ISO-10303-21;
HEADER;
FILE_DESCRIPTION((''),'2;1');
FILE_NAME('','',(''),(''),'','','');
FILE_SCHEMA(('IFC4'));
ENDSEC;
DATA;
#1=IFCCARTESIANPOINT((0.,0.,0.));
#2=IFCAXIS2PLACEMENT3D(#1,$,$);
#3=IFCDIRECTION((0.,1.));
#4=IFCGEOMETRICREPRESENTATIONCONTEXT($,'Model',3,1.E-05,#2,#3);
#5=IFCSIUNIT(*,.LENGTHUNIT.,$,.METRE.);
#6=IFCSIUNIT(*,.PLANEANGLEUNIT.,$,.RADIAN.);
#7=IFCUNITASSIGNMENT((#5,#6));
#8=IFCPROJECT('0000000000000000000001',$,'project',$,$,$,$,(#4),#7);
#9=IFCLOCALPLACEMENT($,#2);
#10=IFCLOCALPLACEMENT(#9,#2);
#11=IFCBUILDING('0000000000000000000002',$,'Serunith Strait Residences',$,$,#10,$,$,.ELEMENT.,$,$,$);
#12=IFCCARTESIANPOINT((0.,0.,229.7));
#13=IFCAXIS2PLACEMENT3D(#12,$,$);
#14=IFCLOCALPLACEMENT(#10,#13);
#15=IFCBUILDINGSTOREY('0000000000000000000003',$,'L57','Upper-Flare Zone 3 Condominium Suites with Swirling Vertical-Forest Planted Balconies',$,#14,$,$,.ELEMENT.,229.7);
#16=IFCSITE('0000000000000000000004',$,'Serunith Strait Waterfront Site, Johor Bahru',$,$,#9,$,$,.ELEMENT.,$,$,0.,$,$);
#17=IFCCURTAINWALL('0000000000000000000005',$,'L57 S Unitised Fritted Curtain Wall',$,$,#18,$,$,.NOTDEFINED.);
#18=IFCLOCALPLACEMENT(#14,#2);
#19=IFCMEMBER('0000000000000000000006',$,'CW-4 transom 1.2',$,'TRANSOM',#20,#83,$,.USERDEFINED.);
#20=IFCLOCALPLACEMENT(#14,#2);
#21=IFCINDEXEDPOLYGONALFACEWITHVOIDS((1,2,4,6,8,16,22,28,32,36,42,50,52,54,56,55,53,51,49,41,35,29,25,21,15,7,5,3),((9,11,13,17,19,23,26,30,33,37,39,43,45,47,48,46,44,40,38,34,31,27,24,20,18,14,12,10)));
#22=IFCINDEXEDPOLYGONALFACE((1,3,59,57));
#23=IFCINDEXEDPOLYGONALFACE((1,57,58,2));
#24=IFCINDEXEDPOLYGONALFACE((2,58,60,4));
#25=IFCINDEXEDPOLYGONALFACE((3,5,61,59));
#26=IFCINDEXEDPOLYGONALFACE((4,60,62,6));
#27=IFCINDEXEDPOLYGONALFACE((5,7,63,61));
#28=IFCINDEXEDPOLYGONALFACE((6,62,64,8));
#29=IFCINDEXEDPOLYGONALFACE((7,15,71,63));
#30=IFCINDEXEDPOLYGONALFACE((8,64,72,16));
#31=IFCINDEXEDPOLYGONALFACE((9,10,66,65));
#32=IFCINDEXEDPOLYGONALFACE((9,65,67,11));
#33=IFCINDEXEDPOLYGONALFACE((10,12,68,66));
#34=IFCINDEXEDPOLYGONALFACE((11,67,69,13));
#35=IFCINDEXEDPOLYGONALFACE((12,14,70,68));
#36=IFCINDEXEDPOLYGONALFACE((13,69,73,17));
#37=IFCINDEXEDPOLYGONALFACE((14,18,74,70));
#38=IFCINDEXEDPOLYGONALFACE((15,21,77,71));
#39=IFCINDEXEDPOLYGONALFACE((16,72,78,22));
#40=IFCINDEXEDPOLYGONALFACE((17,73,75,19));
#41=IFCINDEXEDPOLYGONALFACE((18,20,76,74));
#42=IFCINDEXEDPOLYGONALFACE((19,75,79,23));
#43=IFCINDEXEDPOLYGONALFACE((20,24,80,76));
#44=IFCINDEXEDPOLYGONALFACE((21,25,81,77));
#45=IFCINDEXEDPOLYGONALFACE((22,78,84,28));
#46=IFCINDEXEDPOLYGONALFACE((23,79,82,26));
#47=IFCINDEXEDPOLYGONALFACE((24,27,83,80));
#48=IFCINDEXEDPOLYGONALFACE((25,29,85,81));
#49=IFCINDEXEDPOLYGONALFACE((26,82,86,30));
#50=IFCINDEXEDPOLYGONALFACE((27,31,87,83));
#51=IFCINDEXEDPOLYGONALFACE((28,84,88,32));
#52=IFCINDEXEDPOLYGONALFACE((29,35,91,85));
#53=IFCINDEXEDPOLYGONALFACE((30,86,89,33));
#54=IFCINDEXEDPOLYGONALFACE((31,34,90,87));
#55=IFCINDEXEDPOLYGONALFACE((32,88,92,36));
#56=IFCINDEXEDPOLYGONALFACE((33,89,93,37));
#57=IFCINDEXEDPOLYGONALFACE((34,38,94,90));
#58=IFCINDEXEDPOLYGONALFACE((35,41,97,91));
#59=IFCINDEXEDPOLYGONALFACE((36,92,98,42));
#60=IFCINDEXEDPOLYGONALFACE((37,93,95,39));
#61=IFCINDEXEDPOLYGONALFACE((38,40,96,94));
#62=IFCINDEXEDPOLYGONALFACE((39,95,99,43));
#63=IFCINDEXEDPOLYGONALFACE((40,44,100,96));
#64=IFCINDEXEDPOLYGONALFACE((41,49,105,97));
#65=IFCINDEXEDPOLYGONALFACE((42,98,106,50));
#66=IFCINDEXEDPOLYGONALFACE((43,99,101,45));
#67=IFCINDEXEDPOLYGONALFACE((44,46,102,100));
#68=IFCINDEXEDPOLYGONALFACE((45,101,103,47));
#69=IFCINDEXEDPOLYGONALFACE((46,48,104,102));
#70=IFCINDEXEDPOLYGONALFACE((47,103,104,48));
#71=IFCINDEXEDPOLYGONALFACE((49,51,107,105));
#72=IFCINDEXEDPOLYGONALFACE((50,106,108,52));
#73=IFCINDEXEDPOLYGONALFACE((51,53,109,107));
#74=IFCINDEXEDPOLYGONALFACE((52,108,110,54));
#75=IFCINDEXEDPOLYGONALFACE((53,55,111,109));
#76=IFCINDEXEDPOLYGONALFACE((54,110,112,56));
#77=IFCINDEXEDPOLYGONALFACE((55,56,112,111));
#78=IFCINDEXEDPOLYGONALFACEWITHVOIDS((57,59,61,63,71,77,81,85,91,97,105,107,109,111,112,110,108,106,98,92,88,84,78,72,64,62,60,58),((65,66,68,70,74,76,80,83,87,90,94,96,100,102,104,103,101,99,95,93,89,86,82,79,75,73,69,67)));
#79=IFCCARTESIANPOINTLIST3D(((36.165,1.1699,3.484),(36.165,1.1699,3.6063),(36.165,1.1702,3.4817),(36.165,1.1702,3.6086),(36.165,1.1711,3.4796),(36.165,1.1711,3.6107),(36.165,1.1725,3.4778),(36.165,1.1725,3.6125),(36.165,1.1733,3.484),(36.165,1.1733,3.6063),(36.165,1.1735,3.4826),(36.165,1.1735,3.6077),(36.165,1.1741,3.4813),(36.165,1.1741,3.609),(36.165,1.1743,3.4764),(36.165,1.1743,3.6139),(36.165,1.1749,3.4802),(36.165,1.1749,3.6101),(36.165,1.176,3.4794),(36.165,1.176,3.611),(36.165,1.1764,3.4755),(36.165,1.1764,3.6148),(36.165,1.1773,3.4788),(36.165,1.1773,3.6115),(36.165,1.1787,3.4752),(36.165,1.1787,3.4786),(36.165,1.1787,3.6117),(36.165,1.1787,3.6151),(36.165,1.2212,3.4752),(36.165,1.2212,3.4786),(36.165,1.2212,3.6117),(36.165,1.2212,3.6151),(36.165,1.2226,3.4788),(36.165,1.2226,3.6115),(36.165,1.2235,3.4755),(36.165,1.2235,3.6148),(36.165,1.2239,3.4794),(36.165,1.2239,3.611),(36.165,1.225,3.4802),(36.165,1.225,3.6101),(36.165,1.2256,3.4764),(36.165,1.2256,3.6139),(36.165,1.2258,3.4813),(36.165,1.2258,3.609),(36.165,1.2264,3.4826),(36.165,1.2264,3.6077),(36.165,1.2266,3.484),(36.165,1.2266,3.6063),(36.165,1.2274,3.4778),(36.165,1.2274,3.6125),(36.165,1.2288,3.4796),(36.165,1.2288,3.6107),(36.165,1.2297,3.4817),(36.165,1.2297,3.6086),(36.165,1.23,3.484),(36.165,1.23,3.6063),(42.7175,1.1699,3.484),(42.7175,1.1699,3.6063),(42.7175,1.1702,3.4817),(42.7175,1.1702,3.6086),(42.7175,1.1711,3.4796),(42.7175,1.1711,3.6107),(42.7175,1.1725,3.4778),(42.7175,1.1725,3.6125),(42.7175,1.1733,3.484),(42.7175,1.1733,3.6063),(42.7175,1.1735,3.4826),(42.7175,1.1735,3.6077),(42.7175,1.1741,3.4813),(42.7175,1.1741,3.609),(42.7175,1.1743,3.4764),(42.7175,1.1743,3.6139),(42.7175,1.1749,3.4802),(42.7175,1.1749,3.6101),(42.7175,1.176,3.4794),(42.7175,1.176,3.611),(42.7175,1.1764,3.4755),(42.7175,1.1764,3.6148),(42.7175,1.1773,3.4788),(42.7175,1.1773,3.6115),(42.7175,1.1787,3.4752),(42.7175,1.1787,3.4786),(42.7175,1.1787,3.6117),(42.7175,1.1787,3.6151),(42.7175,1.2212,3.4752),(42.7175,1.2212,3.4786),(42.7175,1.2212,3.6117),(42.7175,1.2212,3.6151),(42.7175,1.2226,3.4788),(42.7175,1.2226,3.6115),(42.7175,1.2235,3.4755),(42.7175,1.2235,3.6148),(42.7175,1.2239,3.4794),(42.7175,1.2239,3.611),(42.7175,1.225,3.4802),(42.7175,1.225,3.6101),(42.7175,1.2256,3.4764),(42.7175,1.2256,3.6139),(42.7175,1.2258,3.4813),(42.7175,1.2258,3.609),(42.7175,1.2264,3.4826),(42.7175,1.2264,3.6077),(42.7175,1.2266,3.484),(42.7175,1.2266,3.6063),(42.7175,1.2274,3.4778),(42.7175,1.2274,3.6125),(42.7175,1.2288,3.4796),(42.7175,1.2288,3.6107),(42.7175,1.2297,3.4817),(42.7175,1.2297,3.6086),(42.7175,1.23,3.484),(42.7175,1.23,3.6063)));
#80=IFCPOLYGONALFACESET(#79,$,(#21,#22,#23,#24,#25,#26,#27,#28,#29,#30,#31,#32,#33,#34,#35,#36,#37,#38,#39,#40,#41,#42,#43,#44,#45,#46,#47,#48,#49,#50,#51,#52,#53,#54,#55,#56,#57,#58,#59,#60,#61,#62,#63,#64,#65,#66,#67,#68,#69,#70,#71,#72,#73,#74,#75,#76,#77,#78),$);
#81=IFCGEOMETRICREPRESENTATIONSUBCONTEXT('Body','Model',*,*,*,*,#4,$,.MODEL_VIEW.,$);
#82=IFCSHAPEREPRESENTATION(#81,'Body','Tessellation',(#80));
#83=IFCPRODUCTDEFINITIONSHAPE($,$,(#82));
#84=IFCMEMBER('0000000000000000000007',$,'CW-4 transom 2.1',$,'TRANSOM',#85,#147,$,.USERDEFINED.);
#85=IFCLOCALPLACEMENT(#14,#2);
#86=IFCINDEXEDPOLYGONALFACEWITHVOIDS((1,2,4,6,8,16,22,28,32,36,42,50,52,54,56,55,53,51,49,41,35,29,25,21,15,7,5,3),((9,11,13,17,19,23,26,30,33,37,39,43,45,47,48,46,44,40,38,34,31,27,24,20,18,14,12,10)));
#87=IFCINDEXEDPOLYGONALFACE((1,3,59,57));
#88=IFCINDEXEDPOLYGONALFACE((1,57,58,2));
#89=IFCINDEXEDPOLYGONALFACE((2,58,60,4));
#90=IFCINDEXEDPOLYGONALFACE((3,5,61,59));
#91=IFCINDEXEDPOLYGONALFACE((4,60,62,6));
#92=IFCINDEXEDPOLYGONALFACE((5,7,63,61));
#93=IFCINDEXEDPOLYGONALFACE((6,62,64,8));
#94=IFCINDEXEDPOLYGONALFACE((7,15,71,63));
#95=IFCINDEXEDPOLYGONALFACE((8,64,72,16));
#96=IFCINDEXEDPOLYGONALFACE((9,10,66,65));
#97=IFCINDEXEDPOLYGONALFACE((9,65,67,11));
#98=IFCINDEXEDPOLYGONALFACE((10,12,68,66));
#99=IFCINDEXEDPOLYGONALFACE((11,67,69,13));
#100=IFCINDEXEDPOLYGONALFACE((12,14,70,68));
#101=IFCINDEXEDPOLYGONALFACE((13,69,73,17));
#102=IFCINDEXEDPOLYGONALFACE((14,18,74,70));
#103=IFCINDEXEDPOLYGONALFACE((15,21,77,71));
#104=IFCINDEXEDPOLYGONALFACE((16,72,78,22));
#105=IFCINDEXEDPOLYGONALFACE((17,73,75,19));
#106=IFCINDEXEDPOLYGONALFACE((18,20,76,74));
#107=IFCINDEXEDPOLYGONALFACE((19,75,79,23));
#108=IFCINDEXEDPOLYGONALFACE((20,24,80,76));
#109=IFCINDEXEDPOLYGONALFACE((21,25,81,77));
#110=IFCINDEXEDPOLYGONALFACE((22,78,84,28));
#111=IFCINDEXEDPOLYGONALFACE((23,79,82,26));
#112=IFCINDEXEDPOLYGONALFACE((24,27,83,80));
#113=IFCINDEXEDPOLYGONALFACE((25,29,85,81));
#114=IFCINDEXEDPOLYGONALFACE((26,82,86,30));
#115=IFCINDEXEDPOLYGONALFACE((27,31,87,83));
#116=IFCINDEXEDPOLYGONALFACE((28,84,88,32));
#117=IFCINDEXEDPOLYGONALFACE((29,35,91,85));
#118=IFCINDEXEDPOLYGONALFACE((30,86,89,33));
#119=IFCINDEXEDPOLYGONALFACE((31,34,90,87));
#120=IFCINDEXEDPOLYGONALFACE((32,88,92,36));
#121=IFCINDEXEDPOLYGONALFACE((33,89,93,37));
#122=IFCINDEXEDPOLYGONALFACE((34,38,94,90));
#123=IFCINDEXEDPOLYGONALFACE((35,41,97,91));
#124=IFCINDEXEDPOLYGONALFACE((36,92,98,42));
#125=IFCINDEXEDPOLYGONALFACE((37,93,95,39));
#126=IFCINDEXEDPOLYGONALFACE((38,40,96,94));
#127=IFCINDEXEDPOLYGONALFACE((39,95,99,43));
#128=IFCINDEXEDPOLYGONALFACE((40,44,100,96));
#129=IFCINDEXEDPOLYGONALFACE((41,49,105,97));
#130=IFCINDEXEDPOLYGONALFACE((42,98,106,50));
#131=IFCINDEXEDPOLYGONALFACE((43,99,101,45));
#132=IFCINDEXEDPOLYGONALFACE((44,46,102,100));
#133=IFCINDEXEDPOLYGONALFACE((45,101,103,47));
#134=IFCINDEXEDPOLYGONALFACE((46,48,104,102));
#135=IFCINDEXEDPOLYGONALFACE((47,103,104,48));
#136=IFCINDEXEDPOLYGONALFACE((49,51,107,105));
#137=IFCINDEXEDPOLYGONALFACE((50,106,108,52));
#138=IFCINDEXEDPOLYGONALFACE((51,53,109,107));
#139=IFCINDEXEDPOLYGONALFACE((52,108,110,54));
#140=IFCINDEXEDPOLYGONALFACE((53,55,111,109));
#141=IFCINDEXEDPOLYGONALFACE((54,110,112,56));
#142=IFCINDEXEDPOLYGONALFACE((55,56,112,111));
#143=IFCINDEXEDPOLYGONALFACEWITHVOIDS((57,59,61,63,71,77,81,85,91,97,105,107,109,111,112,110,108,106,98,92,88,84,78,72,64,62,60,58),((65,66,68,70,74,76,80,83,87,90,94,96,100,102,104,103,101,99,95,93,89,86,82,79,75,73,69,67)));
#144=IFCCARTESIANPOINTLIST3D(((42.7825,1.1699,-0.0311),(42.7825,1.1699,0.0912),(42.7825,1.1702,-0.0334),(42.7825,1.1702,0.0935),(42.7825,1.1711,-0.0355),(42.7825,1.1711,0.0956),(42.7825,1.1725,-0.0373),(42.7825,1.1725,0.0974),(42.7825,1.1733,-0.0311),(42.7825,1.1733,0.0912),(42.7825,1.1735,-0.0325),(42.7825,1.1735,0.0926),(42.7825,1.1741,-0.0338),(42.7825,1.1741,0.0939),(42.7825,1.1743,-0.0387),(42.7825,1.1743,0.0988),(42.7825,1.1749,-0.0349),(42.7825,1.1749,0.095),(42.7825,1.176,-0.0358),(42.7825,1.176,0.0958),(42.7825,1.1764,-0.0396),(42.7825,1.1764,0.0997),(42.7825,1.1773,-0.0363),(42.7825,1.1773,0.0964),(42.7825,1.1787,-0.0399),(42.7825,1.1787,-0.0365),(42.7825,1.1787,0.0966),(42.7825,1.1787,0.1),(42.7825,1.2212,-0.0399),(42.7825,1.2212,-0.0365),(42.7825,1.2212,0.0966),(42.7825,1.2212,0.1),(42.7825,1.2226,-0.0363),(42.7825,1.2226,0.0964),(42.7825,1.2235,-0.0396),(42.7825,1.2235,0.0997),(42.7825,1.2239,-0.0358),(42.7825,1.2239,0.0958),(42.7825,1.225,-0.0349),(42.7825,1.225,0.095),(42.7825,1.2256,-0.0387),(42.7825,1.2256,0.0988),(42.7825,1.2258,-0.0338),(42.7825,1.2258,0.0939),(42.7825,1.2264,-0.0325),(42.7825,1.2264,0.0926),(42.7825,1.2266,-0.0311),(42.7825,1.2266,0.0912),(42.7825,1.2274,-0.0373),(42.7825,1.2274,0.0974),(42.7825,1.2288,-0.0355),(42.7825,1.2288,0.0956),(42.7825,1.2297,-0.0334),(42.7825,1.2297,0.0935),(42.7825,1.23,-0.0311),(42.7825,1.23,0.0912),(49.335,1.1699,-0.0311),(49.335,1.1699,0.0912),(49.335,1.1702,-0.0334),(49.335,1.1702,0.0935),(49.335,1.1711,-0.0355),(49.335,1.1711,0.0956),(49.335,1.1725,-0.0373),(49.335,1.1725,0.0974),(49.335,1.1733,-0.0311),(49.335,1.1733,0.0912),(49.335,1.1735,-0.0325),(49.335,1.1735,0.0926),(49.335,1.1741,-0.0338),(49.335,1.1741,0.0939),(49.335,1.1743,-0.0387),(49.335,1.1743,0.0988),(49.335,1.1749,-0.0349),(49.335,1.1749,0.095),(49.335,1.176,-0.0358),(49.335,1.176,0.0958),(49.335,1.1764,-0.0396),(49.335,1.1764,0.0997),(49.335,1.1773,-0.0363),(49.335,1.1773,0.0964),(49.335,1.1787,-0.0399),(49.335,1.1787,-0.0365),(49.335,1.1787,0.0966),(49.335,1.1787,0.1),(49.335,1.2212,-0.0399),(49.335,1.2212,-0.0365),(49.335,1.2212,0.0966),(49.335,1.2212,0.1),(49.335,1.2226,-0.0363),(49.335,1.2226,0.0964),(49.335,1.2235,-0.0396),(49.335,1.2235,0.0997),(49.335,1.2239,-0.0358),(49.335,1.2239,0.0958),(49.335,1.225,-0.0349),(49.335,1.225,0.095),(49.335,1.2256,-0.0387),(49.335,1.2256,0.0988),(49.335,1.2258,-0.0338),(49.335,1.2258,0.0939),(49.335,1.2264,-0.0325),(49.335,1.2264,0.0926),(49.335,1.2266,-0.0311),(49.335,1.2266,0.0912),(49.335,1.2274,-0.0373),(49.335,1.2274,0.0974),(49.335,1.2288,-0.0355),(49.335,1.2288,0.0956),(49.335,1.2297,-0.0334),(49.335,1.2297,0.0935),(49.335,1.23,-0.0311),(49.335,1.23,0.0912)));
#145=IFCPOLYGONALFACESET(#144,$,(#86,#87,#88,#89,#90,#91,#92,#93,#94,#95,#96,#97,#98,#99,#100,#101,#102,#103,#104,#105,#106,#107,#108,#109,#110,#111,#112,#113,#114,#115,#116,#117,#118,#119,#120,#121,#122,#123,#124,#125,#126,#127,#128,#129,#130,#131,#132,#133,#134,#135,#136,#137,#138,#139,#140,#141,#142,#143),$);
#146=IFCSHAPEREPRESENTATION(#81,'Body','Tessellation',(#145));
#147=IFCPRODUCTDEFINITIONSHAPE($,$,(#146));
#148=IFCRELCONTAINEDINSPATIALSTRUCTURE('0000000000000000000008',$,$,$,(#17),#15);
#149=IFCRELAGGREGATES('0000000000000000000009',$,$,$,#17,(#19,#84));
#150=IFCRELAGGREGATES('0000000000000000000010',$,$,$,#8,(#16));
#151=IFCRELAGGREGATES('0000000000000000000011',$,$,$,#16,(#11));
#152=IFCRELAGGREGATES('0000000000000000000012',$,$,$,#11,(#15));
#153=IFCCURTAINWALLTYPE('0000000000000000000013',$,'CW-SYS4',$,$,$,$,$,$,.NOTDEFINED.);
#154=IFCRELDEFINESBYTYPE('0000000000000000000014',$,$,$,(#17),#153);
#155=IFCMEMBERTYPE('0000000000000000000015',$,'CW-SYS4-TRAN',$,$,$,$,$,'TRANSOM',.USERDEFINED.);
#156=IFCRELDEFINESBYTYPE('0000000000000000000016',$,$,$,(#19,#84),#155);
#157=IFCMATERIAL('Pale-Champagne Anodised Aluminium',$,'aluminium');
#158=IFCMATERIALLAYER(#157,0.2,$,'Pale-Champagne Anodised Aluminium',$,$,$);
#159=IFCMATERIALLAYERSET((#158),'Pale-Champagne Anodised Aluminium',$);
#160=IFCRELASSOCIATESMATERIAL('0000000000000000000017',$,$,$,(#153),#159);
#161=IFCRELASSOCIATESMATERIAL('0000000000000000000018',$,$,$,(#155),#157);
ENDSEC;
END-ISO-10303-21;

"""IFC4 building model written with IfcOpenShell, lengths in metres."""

from ifc_helpers import new_model, si_unit, direction, frame, origin, origin_2d, place, context, subcontext, project, spatial, hollow_rectangle, extrude, source, transform, mapped, material, layer, layer_set, material_profile, profile_set, type_object, element, aggregate, save


model = new_model("IFC4")

# Units and contexts
model_context = context("Model", 3, precision=1e-05, world=origin(), true_north=direction((0.0, 1.0)))
body_context = subcontext(model_context, "Body", "Model", "MODEL_VIEW")
ifc_project = project(units=[si_unit("LENGTHUNIT", "METRE"), si_unit("PLANEANGLEUNIT", "RADIAN")], contexts=[model_context])

# Site, building, storey
site_placement = place(None, origin())
site = spatial("IfcSite", under=ifc_project, at=site_placement, Name="Serunith Strait Waterfront Site, Johor Bahru", CompositionType="ELEMENT", RefElevation=0.0)
building_placement = place(site_placement, origin())
building = spatial("IfcBuilding", under=site, at=building_placement, Name="Serunith Strait Residences", CompositionType="ELEMENT")
storey_placement = place(building_placement, frame((0.0, 0.0, 229.7)))
storey = spatial("IfcBuildingStorey", under=building, at=storey_placement, Name="L57", Description="Upper-Flare Zone 3 Condominium Suites with Swirling Vertical-Forest Planted Balconies", CompositionType="ELEMENT", Elevation=229.7)

# Shared definitions
ifc_material_1 = material(Name="Pale-Champagne Anodised Aluminium", Category="aluminium")
ifc_layer_1 = layer(ifc_material_1, 0.2, Name="Pale-Champagne Anodised Aluminium")
ifc_layer_set_1 = layer_set([ifc_layer_1], Name="Pale-Champagne Anodised Aluminium")
curtain_wall_type = type_object("IfcCurtainWallType", Name="CW-SYS4", PredefinedType="NOTDEFINED", material=ifc_layer_set_1)

# Curtain wall, members
curtain_wall_1_placement = place(storey_placement, origin())
curtain_wall_1 = element("IfcCurtainWall", 1, at=curtain_wall_1_placement, inside=storey, type_object=curtain_wall_type, Name="L57 S Unitised Fritted Curtain Wall", PredefinedType="NOTDEFINED")
ifc_material_profile_1 = material_profile(ifc_material_1, hollow_rectangle(XDim=0.0601, YDim=0.1399, WallThickness=0.0034, InnerFilletRadius=0.0054, OuterFilletRadius=0.0088, at=origin_2d()), Name="ALU 140x60x3.5")
ifc_profile_set_1 = profile_set([ifc_material_profile_1], Name="Pale-Champagne Anodised Aluminium")
member_type_1 = type_object("IfcMemberType", Name="CW-SYS4-TRAN", ElementType="TRANSOM", PredefinedType="USERDEFINED", material=ifc_profile_set_1)
shared_shape_1 = source(origin(), body_context, "Body", "SweptSolid", [
    extrude(hollow_rectangle(XDim=0.0601, YDim=0.1399, WallThickness=0.0034, InnerFilletRadius=0.0054, OuterFilletRadius=0.0088, at=origin_2d()), origin(), (0.0, 0.0, 1.0), 6.5525),
])
member_1_placement = place(storey_placement, frame((36.165, 1.2, 3.5452), z_axis=(1.0, 0.0, 0.0), x_axis=(0.0, 1.0, 0.0)))
member_1 = element("IfcMember", 2, at=member_1_placement, type_object=member_type_1, Name="CW-4 transom 1.2", ObjectType="TRANSOM", PredefinedType="USERDEFINED", context=body_context, shape_type="MappedRepresentation", body=[
    mapped(shared_shape_1, transform((0.0, 0.0, 0.0), scale=1.0)),
])
member_2_placement = place(storey_placement, frame((42.7825, 1.2, 0.03), z_axis=(1.0, 0.0, 0.0), x_axis=(0.0, 1.0, 0.0)))
member_2 = element("IfcMember", 3, at=member_2_placement, type_object=member_type_1, Name="CW-4 transom 2.1", ObjectType="TRANSOM", PredefinedType="USERDEFINED", context=body_context, shape_type="MappedRepresentation", body=[
    mapped(shared_shape_1, transform((0.0, 0.0, 0.0), scale=1.0)),
])
aggregate(curtain_wall_1, [member_1, member_2])

save(model, "model.ifc")
